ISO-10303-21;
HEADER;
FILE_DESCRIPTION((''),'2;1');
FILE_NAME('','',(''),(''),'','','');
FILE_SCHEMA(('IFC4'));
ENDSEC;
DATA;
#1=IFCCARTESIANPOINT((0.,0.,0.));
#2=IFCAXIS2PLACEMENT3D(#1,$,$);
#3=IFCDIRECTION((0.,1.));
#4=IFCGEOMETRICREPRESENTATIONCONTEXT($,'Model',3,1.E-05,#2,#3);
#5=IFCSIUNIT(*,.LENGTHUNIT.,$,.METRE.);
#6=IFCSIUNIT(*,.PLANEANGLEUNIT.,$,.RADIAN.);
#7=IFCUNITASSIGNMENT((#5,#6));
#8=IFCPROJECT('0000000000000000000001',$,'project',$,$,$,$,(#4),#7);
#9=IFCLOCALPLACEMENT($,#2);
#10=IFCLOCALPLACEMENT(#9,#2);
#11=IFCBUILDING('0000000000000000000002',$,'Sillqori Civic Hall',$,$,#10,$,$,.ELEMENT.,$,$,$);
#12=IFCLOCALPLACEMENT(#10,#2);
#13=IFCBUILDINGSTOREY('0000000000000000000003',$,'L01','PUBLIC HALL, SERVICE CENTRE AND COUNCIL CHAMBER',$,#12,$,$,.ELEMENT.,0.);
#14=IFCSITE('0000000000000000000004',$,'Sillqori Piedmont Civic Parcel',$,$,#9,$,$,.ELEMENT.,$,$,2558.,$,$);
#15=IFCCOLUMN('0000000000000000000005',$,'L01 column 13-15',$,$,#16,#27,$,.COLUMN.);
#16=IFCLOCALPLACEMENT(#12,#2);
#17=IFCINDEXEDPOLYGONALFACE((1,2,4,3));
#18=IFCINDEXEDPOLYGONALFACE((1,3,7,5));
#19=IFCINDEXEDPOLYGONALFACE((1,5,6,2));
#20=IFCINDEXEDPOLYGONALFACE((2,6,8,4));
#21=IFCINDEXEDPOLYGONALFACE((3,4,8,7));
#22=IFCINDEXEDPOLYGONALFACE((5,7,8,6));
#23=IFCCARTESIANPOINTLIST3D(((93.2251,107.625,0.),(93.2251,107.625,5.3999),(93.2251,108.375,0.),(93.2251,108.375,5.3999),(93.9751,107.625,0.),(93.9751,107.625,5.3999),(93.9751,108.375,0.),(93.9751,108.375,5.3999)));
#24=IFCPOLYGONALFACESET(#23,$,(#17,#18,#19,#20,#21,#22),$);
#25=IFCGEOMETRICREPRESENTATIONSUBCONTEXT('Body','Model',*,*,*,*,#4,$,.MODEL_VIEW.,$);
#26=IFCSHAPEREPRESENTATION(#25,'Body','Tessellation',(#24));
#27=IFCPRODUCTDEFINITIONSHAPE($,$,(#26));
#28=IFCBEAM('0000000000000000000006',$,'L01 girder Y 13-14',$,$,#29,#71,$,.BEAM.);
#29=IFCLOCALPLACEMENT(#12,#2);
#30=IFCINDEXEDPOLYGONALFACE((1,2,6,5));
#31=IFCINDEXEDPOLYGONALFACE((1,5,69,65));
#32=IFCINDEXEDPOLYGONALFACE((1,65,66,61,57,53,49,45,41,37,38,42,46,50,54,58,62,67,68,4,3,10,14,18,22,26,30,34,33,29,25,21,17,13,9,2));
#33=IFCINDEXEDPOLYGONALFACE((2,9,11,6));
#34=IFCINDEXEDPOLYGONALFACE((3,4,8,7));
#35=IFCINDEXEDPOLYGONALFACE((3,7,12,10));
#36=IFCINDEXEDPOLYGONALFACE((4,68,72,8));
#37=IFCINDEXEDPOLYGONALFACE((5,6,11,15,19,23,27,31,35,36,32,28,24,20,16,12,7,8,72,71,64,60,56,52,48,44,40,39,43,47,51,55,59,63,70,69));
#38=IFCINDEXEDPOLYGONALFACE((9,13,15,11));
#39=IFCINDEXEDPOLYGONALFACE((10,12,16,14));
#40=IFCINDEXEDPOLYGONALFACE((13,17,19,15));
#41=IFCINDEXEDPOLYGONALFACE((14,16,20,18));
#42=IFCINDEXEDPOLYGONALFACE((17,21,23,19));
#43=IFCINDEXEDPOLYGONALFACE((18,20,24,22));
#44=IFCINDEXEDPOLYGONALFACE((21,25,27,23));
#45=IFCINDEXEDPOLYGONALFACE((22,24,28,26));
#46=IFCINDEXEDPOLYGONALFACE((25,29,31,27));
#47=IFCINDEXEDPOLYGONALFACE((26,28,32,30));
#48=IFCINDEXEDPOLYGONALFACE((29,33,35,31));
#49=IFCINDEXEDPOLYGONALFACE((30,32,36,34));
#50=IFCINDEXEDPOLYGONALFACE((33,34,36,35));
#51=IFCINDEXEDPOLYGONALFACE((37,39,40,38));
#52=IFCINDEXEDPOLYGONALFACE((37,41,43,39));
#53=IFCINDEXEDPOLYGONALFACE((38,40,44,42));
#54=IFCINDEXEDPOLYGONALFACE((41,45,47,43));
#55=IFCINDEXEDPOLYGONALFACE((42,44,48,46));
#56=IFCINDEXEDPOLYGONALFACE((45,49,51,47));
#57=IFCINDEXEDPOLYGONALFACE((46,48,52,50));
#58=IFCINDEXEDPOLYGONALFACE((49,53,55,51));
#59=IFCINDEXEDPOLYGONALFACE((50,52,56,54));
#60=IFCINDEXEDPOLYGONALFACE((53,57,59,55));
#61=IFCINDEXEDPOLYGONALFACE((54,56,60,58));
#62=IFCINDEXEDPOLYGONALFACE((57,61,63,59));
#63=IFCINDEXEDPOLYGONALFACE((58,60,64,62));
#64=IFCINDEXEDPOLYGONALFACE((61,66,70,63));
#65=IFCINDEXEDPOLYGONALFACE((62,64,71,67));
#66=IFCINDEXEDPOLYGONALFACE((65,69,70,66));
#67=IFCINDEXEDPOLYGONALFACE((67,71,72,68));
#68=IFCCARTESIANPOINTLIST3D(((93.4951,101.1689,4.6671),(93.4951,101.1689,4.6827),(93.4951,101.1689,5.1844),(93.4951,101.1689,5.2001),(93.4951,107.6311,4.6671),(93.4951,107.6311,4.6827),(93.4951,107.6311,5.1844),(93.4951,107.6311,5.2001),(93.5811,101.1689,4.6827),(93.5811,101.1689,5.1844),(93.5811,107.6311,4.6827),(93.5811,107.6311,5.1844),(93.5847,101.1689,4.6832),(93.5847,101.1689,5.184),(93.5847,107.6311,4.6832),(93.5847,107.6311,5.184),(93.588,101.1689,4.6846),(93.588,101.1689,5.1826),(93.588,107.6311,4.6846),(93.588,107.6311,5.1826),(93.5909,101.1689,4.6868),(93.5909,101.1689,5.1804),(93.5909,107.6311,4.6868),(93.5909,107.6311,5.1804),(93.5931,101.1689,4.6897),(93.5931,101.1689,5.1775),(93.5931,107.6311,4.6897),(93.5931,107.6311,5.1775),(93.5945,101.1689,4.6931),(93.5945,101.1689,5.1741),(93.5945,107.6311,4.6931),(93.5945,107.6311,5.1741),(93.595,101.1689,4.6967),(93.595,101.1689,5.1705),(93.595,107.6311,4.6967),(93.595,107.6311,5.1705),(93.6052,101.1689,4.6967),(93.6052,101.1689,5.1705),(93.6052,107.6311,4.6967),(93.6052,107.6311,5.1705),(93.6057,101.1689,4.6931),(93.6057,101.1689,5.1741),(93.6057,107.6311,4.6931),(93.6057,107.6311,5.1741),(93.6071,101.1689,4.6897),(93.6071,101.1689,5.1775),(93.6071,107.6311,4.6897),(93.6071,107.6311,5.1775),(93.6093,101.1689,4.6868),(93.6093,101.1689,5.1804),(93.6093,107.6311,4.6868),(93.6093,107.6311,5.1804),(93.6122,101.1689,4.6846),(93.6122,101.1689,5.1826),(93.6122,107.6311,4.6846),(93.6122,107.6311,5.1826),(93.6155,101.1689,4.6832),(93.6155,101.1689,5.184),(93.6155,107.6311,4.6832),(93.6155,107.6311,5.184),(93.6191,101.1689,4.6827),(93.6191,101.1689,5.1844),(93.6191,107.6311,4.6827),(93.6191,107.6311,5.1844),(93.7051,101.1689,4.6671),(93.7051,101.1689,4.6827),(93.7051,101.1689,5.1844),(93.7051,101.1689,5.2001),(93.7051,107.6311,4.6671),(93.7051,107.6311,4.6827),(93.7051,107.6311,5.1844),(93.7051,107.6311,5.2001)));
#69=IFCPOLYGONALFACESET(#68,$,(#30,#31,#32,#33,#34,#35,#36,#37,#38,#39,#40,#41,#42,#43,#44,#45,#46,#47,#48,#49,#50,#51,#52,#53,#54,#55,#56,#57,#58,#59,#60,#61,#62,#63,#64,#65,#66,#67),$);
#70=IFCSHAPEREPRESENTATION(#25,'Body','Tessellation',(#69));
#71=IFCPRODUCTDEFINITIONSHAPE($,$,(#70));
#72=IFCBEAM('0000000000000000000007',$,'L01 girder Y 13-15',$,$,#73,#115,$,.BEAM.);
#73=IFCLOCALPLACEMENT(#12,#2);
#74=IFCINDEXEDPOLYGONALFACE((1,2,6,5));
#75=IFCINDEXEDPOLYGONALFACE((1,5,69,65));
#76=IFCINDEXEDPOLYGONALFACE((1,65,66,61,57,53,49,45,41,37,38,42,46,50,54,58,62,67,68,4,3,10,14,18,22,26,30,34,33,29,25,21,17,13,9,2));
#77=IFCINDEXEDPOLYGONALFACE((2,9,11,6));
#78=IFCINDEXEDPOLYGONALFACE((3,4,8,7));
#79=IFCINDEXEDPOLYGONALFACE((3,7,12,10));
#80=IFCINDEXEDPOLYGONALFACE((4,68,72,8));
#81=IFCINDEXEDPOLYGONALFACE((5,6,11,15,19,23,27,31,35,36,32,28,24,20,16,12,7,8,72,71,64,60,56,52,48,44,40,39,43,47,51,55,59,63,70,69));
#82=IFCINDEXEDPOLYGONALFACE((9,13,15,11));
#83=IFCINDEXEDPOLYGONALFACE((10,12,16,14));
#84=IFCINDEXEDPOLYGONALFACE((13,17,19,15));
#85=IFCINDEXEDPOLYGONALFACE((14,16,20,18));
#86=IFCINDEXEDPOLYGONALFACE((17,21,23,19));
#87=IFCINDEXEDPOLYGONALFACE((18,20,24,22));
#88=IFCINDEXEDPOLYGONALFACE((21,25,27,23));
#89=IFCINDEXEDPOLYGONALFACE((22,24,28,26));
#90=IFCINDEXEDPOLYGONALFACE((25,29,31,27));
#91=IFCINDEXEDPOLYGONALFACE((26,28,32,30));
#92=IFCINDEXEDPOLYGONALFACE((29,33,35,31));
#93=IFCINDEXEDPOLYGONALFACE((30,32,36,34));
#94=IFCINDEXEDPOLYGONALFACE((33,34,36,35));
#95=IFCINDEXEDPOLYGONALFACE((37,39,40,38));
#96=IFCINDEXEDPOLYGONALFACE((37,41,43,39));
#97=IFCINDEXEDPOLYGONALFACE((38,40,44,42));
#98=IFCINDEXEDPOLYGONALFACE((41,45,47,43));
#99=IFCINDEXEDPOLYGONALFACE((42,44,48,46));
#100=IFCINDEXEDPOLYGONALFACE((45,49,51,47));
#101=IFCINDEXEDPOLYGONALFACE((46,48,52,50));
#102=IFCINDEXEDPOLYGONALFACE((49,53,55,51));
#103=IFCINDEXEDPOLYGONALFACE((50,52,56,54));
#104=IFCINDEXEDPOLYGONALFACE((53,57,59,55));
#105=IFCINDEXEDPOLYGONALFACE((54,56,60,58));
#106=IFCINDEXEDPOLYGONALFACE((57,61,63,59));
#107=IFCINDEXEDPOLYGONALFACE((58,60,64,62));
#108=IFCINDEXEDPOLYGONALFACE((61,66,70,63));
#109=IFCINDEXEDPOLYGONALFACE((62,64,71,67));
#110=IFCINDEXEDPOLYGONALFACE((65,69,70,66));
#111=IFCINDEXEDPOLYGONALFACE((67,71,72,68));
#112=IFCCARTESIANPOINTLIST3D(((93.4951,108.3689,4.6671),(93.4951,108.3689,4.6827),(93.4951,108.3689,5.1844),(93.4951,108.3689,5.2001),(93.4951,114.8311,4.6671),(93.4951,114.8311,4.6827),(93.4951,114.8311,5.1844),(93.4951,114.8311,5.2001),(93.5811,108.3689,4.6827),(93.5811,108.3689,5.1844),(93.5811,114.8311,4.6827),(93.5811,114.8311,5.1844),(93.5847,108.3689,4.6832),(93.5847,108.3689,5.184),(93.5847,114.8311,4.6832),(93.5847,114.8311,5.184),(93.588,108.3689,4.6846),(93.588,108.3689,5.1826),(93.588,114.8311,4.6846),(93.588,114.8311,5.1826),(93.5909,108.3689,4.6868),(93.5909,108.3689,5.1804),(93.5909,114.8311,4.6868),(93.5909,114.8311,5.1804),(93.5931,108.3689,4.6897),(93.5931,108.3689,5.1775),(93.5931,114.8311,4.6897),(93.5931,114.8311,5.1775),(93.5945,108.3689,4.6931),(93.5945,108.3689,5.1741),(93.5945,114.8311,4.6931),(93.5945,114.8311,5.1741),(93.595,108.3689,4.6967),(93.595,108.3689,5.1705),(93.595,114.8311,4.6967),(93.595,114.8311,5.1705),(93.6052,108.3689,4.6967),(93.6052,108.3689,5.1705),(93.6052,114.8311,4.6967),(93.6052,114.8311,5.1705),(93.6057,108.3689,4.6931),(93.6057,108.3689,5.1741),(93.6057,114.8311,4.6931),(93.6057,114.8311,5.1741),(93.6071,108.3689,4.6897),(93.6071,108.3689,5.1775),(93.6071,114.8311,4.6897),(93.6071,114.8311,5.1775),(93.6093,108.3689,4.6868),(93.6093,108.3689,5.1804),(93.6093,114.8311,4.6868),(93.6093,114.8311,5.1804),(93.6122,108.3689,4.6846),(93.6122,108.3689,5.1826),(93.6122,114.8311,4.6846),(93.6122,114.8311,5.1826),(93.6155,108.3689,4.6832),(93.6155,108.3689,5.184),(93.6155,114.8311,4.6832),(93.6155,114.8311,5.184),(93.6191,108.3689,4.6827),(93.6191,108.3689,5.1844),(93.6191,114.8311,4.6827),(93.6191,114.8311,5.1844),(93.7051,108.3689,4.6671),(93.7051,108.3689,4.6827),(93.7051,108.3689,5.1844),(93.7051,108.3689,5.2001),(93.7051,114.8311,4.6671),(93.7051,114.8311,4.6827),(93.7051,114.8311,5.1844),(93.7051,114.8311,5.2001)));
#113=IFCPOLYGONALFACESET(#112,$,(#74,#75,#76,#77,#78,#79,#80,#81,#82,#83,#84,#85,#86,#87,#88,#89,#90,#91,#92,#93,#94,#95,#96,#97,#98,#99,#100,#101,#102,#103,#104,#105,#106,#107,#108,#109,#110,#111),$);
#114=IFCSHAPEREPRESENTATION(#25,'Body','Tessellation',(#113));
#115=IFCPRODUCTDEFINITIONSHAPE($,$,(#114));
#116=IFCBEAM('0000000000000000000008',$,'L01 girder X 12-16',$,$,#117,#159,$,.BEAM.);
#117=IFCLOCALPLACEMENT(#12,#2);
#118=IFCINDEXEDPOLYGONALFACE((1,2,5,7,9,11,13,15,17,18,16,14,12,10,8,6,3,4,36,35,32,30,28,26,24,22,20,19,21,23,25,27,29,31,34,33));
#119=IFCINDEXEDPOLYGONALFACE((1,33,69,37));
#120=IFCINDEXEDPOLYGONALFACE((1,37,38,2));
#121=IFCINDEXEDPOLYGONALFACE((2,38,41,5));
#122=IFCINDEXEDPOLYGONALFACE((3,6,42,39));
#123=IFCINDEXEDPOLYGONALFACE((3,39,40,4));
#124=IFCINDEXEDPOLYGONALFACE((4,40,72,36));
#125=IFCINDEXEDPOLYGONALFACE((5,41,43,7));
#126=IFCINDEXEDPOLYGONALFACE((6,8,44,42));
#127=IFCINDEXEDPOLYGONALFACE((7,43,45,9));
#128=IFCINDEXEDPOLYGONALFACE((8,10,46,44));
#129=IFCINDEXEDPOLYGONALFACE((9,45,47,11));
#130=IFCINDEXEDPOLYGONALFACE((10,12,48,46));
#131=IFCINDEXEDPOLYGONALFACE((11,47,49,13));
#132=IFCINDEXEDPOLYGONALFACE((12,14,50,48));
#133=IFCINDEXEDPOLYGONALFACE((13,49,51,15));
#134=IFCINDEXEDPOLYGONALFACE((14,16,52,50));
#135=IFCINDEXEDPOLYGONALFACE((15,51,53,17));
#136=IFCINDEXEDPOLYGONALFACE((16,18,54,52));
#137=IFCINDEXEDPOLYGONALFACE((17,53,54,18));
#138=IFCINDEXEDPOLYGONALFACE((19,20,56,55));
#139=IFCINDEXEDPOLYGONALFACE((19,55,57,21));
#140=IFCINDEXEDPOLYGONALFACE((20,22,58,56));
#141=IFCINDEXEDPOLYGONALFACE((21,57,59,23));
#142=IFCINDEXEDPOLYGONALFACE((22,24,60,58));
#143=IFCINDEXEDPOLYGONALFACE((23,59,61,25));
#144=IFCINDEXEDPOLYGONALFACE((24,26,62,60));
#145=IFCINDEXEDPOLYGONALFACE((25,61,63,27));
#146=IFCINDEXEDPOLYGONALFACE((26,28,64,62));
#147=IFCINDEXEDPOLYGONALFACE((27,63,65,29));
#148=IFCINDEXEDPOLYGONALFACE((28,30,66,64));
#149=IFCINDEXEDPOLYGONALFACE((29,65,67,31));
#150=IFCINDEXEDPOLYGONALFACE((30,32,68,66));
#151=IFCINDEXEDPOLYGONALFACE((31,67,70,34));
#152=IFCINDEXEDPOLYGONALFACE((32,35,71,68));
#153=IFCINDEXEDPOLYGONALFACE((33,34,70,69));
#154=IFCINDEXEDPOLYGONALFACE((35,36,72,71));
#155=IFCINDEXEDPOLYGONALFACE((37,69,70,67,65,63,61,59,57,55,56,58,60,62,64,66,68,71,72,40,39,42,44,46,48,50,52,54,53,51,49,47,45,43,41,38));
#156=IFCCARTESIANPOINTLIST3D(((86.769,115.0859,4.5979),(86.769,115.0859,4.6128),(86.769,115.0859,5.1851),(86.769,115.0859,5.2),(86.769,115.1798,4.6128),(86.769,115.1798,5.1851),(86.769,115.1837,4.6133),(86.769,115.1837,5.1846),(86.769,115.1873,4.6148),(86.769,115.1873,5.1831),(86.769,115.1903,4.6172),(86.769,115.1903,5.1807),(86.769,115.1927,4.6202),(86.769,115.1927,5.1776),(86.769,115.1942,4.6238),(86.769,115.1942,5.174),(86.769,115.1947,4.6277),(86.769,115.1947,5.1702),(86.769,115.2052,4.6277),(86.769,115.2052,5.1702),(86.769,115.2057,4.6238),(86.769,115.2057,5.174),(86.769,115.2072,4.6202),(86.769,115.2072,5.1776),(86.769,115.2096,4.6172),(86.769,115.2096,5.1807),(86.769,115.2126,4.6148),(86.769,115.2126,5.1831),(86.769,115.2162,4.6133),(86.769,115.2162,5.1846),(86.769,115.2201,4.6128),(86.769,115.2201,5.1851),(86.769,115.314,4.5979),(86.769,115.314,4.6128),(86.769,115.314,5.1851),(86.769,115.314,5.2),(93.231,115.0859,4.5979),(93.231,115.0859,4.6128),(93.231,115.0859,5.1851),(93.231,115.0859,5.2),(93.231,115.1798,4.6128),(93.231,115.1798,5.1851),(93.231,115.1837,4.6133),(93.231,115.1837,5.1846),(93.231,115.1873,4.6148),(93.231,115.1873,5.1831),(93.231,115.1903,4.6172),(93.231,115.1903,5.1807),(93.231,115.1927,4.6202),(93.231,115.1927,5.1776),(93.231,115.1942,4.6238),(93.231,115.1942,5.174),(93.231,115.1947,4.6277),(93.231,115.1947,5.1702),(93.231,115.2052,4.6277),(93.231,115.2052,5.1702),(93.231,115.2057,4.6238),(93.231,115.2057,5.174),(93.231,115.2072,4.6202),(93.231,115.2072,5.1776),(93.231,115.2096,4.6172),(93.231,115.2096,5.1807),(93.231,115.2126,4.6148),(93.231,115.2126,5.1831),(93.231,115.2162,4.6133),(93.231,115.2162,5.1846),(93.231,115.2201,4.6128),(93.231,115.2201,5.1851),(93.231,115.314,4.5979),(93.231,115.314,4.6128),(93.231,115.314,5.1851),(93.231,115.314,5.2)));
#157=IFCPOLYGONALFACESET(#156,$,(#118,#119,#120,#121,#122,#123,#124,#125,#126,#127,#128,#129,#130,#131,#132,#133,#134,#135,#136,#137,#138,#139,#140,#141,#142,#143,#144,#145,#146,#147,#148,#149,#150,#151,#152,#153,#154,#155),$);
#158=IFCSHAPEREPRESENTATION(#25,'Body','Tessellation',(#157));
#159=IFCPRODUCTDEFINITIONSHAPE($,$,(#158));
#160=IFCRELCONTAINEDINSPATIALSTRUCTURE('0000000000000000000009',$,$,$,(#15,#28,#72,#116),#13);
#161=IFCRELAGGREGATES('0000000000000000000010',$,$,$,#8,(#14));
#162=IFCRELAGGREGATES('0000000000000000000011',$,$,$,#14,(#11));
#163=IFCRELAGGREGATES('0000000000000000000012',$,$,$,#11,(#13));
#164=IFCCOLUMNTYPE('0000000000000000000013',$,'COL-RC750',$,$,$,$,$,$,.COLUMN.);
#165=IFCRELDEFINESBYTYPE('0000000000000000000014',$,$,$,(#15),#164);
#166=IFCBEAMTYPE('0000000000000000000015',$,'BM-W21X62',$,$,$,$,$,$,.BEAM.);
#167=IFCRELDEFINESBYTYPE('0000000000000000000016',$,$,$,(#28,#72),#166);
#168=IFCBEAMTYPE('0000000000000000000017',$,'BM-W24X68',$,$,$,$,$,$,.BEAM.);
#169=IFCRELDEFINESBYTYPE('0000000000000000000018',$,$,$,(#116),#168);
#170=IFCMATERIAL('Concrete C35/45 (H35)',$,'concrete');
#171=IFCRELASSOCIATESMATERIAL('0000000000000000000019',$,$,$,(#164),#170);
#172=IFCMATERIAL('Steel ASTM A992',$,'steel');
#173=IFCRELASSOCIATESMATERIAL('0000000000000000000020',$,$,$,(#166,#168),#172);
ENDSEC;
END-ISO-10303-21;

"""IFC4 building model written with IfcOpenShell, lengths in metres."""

from ifc_helpers import new_model, si_unit, direction, frame, origin, origin_2d, place, context, subcontext, project, spatial, rectangle, i_section, extrude, material, material_profile, profile_set, type_object, element, save


model = new_model("IFC4")

# Units and contexts
model_context = context("Model", 3, precision=1e-05, world=origin(), true_north=direction((0.0, 1.0)))
body_context = subcontext(model_context, "Body", "Model", "MODEL_VIEW")
ifc_project = project(units=[si_unit("LENGTHUNIT", "METRE"), si_unit("PLANEANGLEUNIT", "RADIAN")], contexts=[model_context])

# Site, building, storey
site_placement = place(None, origin())
site = spatial("IfcSite", under=ifc_project, at=site_placement, Name="Sillqori Piedmont Civic Parcel", CompositionType="ELEMENT", RefElevation=2558.0)
building_placement = place(site_placement, origin())
building = spatial("IfcBuilding", under=site, at=building_placement, Name="Sillqori Civic Hall", CompositionType="ELEMENT")
storey_placement = place(building_placement, origin())
storey = spatial("IfcBuildingStorey", under=building, at=storey_placement, Name="L01", Description="PUBLIC HALL, SERVICE CENTRE AND COUNCIL CHAMBER", CompositionType="ELEMENT", Elevation=0.0)

# Column
ifc_material_1 = material(Name="Concrete C35/45 (H35)", Category="concrete")
ifc_material_profile_1 = material_profile(ifc_material_1, rectangle(XDim=0.75, YDim=0.75, at=origin_2d()), Name="RC 750x750")
ifc_profile_set_1 = profile_set([ifc_material_profile_1], Name="Concrete C35/45 (H35)")
column_type = type_object("IfcColumnType", Name="COL-RC750", PredefinedType="COLUMN", material=ifc_profile_set_1)
column_placement = place(storey_placement, frame((93.6001, 108.0, 0.0), z_axis=(0.0, 0.0, 1.0), x_axis=(1.0, 0.0, 0.0)))
element("IfcColumn", 1, at=column_placement, inside=storey, type_object=column_type, Name="L01 column 13-15", PredefinedType="COLUMN", context=body_context, shape_type="SweptSolid", body=[
    extrude(rectangle(XDim=0.75, YDim=0.75, at=origin_2d()), origin(), (0.0, 0.0, 1.0), 5.3999),
])

# Beams
ifc_material_2 = material(Name="Steel ASTM A992", Category="steel")
ifc_material_profile_2 = material_profile(ifc_material_2, i_section(OverallWidth=0.21, OverallDepth=0.533, WebThickness=0.0103, FlangeThickness=0.0156, FilletRadius=0.0139, at=origin_2d()), Name="W21X62")
ifc_profile_set_2 = profile_set([ifc_material_profile_2], Name="Steel ASTM A992")
beam_type_1 = type_object("IfcBeamType", Name="BM-W21X62", PredefinedType="BEAM", material=ifc_profile_set_2)
for number, where, z_axis, x_axis, name in (
    (2, (93.6001, 101.1689, 4.9336), (0.0, 1.0, 0.0), (-1.0, 0.0, 0.0), "L01 girder Y 13-14"),
    (3, (93.6001, 108.3689, 4.9336), (0.0, 1.0, 0.0), (-1.0, 0.0, 0.0), "L01 girder Y 13-15"),
):
    element("IfcBeam", number, at=place(storey_placement, frame(where, z_axis=z_axis, x_axis=x_axis)), inside=storey, type_object=beam_type_1, Name=name, PredefinedType="BEAM", context=body_context, shape_type="SweptSolid", body=[
        extrude(i_section(OverallWidth=0.21, OverallDepth=0.533, WebThickness=0.0103, FlangeThickness=0.0156, FilletRadius=0.0139, at=origin_2d()), origin(), (0.0, 0.0, 1.0), 6.4622),
    ])
ifc_material_profile_3 = material_profile(ifc_material_2, i_section(OverallWidth=0.228, OverallDepth=0.6021, WebThickness=0.0105, FlangeThickness=0.0149, FilletRadius=0.0149, at=origin_2d()), Name="W24X68")
ifc_profile_set_3 = profile_set([ifc_material_profile_3], Name="Steel ASTM A992")
beam_type_2 = type_object("IfcBeamType", Name="BM-W24X68", PredefinedType="BEAM", material=ifc_profile_set_3)
beam_placement = place(storey_placement, frame((86.769, 115.2, 4.8989), z_axis=(1.0, 0.0, 0.0), x_axis=(0.0, 1.0, 0.0)))
element("IfcBeam", 4, at=beam_placement, inside=storey, type_object=beam_type_2, Name="L01 girder X 12-16", PredefinedType="BEAM", context=body_context, shape_type="SweptSolid", body=[
    extrude(i_section(OverallWidth=0.228, OverallDepth=0.6021, WebThickness=0.0105, FlangeThickness=0.0149, FilletRadius=0.0149, at=origin_2d()), origin(), (0.0, 0.0, 1.0), 6.4619),
])

save(model, "model.ifc")
